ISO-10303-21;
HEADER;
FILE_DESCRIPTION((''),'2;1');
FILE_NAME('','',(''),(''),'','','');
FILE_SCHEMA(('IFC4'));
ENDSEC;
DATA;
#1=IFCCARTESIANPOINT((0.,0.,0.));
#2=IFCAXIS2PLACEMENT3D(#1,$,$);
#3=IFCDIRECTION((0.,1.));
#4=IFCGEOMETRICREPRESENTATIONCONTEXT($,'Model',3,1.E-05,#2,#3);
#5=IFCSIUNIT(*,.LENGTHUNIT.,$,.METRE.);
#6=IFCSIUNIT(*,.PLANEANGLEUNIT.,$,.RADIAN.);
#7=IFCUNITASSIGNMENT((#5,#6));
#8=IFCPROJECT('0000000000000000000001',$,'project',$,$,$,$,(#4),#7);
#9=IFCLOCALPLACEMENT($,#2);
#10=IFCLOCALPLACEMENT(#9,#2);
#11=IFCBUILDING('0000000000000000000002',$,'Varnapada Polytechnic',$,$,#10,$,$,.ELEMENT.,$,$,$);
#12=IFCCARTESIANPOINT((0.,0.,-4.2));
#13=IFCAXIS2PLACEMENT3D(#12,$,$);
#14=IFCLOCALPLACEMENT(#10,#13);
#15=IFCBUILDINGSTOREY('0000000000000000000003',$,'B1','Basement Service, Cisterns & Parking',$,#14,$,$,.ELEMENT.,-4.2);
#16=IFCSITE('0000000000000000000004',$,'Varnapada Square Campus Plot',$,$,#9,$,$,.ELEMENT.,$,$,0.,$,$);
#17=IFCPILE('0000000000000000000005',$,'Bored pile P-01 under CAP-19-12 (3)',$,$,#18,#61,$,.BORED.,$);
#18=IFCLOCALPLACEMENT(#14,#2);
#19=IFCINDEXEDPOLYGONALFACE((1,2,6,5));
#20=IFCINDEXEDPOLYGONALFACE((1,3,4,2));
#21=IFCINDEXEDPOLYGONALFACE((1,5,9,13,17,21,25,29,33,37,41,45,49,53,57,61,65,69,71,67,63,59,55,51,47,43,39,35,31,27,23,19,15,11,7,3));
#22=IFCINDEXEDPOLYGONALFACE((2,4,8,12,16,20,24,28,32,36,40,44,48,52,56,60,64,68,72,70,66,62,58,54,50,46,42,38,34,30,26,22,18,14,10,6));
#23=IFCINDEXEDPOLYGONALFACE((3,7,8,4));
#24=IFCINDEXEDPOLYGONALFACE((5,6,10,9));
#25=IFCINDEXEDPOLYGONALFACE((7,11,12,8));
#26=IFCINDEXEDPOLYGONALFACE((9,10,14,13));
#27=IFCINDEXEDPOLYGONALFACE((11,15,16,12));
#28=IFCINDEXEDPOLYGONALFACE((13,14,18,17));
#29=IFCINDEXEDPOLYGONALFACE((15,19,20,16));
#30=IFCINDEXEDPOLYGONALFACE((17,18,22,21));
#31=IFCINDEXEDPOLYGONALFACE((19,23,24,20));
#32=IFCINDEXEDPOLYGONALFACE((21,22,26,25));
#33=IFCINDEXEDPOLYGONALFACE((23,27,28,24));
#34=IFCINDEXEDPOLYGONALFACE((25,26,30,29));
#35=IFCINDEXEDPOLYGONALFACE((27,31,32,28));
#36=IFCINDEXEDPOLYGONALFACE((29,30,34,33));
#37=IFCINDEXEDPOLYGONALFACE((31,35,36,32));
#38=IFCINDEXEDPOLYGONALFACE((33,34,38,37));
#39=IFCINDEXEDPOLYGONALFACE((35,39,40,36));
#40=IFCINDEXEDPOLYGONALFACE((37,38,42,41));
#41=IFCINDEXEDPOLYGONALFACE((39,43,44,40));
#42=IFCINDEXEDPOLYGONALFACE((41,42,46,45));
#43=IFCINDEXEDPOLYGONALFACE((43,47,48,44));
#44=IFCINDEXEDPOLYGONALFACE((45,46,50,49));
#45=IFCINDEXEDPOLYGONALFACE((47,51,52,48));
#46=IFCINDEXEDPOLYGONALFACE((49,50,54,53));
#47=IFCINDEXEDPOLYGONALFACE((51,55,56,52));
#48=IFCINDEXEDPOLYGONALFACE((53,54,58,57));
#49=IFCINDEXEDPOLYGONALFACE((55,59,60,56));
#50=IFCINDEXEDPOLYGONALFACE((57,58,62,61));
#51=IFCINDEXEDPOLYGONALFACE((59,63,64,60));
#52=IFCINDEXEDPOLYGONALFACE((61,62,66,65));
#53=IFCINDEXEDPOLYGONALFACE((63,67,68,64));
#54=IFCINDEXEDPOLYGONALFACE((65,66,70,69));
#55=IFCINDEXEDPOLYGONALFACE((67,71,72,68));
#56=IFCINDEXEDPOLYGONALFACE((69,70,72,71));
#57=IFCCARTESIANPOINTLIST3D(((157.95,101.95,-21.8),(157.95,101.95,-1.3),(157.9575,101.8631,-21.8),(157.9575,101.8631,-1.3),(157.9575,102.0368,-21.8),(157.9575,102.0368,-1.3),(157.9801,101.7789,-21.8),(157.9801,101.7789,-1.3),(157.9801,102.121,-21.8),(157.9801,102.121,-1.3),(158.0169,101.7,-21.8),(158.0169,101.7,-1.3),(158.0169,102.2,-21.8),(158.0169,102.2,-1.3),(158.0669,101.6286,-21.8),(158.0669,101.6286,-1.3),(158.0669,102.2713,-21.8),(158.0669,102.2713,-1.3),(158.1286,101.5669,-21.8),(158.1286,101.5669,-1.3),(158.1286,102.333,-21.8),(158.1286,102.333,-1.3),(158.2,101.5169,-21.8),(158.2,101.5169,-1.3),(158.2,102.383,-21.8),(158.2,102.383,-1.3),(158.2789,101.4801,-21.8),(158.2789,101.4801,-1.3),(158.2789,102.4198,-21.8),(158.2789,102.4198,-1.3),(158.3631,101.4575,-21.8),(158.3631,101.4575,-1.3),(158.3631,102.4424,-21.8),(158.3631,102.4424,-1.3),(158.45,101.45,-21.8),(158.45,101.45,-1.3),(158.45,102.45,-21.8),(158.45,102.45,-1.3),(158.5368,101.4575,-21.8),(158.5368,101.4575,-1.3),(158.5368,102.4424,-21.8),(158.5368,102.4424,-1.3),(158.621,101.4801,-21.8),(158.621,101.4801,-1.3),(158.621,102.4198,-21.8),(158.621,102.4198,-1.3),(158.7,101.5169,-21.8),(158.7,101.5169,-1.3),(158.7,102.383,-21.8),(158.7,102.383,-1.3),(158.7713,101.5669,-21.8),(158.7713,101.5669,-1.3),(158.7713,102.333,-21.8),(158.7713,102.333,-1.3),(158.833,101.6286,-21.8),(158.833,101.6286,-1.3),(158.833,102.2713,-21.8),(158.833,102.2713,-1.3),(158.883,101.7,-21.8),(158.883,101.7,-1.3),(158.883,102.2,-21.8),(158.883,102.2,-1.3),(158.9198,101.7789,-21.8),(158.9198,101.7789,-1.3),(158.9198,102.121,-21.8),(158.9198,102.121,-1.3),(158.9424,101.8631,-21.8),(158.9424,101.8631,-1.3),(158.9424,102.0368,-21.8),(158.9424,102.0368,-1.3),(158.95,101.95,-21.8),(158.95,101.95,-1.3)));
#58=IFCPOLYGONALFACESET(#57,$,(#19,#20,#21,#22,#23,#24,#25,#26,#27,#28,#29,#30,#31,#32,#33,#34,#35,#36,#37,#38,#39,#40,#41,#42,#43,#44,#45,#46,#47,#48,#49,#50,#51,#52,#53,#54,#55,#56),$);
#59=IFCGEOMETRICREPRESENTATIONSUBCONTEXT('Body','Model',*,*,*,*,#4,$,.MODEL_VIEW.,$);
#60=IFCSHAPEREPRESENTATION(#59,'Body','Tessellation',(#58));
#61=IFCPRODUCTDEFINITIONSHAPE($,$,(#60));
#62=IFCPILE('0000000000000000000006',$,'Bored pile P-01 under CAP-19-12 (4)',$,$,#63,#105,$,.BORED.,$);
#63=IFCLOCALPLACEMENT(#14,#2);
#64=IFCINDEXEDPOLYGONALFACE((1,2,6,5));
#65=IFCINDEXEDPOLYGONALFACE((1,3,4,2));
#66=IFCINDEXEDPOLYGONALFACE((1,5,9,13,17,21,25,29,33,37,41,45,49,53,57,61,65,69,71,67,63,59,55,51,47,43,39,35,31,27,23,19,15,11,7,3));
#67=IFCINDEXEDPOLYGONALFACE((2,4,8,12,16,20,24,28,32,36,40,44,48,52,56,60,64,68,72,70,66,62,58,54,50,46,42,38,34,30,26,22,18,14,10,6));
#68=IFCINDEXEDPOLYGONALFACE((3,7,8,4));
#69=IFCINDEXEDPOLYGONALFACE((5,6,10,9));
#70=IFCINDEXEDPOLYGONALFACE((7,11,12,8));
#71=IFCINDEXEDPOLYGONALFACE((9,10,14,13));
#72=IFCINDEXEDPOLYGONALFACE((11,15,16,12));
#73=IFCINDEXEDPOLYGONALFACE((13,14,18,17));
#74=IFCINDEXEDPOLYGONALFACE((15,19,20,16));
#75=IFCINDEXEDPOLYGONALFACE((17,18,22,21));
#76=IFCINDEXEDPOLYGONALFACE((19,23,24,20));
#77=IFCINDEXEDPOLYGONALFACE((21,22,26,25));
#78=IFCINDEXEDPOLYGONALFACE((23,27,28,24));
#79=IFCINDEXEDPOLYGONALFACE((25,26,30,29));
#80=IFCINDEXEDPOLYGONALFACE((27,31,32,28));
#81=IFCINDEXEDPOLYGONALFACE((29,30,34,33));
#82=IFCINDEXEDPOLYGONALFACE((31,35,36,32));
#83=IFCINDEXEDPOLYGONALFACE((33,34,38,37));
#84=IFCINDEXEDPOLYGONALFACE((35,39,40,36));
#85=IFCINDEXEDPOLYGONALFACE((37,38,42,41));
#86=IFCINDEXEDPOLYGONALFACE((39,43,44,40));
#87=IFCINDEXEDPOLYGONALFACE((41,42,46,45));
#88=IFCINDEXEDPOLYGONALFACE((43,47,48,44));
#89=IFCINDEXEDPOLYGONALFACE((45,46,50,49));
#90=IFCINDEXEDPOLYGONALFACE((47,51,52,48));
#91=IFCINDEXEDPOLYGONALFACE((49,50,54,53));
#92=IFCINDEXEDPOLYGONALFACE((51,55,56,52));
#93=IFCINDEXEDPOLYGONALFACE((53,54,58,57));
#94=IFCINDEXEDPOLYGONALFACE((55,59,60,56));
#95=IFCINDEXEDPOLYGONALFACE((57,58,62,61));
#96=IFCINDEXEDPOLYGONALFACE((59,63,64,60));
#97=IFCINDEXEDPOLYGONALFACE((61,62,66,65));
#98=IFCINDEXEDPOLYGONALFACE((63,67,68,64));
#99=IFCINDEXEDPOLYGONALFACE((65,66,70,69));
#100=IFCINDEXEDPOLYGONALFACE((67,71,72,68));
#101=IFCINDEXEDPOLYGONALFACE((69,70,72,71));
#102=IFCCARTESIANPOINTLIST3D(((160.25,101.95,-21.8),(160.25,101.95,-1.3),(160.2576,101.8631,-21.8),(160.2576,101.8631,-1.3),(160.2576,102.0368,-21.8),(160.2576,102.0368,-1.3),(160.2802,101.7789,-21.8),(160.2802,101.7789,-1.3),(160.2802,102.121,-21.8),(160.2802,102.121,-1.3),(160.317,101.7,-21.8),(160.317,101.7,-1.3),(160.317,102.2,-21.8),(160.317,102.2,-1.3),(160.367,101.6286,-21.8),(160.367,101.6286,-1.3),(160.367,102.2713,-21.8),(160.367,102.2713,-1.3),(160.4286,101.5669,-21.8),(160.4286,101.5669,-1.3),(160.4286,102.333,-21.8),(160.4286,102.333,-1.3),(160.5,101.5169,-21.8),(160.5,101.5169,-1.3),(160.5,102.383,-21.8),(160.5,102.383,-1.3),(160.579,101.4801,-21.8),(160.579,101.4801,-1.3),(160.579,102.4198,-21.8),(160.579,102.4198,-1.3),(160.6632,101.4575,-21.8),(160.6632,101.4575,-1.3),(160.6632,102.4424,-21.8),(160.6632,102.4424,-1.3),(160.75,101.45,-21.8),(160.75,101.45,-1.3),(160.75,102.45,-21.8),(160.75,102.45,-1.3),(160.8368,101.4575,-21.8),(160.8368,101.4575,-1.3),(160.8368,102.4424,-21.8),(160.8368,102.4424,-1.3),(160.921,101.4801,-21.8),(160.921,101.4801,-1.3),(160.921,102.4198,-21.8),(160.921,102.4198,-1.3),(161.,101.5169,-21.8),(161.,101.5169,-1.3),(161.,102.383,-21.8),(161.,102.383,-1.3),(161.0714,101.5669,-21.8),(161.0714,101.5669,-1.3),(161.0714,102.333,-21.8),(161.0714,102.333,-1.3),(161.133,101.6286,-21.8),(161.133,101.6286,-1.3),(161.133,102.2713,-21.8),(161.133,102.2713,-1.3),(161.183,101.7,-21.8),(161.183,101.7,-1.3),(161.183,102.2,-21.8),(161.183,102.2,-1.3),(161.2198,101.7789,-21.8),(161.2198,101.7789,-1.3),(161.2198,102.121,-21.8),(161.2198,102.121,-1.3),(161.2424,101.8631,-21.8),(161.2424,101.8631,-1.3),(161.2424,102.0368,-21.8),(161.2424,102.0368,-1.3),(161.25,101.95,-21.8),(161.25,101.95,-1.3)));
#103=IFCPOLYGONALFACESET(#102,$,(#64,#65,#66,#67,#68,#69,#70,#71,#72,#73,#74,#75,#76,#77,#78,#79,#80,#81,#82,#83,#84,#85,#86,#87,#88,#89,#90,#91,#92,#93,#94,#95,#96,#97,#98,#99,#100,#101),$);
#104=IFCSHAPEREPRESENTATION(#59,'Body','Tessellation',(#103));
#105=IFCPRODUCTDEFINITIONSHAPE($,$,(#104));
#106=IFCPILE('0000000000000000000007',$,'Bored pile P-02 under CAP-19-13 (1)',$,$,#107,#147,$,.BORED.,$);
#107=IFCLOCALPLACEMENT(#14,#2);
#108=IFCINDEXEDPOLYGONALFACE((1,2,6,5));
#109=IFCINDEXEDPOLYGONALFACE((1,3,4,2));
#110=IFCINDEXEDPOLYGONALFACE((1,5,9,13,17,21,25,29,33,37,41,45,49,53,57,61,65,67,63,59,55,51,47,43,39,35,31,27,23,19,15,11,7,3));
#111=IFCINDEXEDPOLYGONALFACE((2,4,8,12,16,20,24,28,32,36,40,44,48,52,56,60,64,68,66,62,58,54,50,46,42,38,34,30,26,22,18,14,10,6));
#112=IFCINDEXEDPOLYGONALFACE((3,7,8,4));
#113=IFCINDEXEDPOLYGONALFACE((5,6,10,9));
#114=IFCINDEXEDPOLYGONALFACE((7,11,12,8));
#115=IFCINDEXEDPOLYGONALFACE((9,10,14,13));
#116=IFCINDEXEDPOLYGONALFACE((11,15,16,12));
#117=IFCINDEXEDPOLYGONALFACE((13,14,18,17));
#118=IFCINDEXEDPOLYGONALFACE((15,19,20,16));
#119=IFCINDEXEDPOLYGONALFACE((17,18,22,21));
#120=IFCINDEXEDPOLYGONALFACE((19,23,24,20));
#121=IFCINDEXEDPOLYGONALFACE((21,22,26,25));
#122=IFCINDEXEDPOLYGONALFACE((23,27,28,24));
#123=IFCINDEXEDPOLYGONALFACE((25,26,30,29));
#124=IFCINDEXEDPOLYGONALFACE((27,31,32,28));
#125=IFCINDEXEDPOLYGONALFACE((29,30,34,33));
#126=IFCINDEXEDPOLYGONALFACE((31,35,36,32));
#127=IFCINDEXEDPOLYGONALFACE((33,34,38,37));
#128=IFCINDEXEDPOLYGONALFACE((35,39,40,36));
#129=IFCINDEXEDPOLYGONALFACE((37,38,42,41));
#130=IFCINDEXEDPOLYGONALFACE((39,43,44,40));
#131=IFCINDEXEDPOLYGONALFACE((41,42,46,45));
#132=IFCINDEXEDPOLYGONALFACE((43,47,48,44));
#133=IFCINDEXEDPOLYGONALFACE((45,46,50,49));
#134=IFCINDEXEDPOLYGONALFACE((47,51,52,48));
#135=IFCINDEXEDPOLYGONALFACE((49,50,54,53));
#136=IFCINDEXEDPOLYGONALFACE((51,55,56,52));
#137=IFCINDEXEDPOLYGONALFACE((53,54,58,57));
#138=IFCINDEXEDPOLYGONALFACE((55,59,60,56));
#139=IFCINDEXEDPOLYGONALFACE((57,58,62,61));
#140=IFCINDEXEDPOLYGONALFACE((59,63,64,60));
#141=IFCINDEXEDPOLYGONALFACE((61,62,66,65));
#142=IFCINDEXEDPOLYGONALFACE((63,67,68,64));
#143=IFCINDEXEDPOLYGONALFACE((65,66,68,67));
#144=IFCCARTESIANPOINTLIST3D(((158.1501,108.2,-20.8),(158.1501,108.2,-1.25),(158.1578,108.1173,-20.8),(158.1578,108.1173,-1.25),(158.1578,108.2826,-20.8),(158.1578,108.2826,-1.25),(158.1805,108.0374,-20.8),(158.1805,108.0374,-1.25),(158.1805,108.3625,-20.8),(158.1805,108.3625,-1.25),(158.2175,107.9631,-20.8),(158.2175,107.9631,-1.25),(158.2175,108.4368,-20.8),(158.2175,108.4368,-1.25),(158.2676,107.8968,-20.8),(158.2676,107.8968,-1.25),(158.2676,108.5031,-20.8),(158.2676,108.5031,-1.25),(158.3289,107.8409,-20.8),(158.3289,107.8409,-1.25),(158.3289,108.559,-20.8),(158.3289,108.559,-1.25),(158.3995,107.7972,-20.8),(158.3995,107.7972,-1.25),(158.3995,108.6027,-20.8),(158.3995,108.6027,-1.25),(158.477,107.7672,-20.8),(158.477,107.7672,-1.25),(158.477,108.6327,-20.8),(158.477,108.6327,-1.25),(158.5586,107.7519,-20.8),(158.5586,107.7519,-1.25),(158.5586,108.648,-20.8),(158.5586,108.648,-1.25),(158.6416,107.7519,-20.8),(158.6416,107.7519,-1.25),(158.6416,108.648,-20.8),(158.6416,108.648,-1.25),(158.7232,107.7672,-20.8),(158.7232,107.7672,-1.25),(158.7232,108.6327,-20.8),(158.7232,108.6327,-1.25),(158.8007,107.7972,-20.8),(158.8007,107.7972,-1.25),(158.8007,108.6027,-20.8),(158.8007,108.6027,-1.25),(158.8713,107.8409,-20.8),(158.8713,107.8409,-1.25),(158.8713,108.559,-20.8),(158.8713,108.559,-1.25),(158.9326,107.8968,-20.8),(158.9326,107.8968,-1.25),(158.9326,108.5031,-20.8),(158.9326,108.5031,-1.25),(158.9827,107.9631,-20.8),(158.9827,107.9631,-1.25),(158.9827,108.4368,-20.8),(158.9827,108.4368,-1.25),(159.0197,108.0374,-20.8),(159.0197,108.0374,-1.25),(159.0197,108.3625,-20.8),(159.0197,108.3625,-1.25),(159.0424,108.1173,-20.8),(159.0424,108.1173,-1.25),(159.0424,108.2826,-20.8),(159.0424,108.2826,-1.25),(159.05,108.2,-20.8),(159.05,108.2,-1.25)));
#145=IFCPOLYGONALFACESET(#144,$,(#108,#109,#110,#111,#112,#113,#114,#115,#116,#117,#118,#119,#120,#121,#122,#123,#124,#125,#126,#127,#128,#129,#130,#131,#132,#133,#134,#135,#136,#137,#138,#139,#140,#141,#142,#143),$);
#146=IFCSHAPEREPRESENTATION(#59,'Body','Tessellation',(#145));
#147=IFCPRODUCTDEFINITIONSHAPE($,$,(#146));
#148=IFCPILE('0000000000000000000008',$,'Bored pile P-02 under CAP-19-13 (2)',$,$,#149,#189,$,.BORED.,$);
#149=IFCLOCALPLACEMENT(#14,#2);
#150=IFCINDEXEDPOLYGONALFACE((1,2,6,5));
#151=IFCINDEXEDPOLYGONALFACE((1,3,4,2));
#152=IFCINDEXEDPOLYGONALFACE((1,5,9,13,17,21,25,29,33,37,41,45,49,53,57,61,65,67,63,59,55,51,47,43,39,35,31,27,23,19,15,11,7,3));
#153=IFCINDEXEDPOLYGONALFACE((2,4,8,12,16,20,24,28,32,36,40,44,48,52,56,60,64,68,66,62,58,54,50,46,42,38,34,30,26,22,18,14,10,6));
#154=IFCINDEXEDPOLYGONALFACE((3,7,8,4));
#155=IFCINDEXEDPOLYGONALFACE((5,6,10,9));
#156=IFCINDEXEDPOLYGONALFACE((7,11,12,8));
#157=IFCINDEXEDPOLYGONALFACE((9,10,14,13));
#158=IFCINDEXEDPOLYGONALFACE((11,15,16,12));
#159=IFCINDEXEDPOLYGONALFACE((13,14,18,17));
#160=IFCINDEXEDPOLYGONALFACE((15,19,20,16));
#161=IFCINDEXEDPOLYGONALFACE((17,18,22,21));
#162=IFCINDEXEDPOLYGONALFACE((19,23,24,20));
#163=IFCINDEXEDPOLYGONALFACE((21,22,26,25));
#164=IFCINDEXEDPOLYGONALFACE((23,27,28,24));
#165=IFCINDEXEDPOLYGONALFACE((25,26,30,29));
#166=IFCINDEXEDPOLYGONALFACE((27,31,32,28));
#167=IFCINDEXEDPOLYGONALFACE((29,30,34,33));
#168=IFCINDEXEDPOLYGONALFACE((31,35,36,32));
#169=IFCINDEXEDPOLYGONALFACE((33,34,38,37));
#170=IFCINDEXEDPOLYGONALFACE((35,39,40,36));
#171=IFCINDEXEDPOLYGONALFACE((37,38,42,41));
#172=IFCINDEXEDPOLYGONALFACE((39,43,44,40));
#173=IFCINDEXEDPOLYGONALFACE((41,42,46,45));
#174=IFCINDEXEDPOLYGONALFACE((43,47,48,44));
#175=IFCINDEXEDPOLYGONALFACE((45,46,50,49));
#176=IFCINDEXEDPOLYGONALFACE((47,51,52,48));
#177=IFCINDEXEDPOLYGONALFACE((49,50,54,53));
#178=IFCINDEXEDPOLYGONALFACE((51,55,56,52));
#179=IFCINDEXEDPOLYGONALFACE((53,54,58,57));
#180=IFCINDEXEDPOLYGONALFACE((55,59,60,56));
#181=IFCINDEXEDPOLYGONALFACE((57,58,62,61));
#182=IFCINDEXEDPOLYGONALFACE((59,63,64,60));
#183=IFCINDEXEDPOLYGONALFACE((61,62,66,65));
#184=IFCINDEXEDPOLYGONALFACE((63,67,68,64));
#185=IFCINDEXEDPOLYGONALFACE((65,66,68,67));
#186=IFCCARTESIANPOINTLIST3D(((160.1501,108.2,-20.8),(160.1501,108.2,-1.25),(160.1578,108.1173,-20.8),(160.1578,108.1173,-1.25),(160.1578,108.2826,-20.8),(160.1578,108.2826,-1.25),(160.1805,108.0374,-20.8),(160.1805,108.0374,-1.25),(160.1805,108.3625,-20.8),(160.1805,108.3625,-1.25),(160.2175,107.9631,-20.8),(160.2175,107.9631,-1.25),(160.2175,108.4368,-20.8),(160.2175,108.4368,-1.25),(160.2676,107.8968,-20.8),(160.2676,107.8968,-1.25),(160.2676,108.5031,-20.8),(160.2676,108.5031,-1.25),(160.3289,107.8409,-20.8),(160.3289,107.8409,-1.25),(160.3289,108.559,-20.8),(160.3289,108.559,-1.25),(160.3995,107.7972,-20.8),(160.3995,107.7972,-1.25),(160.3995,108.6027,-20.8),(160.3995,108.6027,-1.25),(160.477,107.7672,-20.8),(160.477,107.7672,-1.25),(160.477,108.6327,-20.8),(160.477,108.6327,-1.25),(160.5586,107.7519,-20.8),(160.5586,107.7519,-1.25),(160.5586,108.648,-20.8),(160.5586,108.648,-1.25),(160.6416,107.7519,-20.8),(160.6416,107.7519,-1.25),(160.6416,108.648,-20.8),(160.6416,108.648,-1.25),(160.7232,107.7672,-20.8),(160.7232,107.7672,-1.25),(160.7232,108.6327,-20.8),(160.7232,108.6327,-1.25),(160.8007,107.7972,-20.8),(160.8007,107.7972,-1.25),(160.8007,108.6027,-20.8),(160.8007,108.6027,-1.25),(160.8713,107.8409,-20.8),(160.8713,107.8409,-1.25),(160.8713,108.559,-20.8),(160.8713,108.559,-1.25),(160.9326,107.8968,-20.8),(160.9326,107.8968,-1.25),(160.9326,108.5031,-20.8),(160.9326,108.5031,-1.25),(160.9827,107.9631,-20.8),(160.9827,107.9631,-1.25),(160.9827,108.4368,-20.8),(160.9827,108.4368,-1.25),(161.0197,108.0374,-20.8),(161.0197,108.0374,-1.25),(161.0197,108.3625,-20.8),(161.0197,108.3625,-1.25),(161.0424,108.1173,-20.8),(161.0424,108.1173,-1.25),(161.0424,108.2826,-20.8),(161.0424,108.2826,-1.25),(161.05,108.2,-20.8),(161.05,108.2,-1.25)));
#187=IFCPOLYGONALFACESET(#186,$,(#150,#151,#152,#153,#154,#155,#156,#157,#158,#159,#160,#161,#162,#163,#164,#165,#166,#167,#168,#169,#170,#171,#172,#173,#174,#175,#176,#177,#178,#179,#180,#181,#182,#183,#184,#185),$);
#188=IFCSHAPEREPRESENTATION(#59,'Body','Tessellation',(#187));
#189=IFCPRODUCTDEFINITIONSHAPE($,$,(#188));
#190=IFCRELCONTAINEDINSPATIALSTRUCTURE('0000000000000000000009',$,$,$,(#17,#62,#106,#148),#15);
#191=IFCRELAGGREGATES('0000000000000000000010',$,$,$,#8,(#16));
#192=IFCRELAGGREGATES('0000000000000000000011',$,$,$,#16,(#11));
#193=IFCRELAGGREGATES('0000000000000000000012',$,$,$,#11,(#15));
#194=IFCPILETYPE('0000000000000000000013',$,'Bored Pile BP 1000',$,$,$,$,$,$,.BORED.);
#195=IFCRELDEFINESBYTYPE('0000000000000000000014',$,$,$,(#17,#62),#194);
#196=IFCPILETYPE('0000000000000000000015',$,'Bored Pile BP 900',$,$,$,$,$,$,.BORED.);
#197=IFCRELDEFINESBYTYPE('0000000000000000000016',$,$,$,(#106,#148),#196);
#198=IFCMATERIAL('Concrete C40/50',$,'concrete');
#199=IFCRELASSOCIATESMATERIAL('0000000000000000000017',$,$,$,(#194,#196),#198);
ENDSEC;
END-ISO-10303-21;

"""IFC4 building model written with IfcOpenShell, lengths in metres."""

from ifc_helpers import new_model, si_unit, direction, frame, origin, origin_2d, place, context, subcontext, project, spatial, circle, extrude, material, material_profile, profile_set, type_object, element, save


model = new_model("IFC4")

# Units and contexts
model_context = context("Model", 3, precision=1e-05, world=origin(), true_north=direction((0.0, 1.0)))
body_context = subcontext(model_context, "Body", "Model", "MODEL_VIEW")
ifc_project = project(units=[si_unit("LENGTHUNIT", "METRE"), si_unit("PLANEANGLEUNIT", "RADIAN")], contexts=[model_context])

# Site, building, storey
site_placement = place(None, origin())
site = spatial("IfcSite", under=ifc_project, at=site_placement, Name="Varnapada Square Campus Plot", CompositionType="ELEMENT", RefElevation=0.0)
building_placement = place(site_placement, origin())
building = spatial("IfcBuilding", under=site, at=building_placement, Name="Varnapada Polytechnic", CompositionType="ELEMENT")
storey_placement = place(building_placement, frame((0.0, 0.0, -4.2)))
storey = spatial("IfcBuildingStorey", under=building, at=storey_placement, Name="B1", Description="Basement Service, Cisterns & Parking", CompositionType="ELEMENT", Elevation=-4.2)

# Piles
ifc_material_1 = material(Name="Concrete C40/50", Category="concrete")
ifc_material_profile_1 = material_profile(ifc_material_1, circle(Radius=0.5, at=origin_2d()), Name="BP 1000")
ifc_profile_set_1 = profile_set([ifc_material_profile_1], Name="Concrete C40/50")
pile_type_1 = type_object("IfcPileType", Name="Bored Pile BP 1000", PredefinedType="BORED", material=ifc_profile_set_1)
for number, where, z_axis, x_axis, name in (
    (1, (158.45, 101.95, -1.3), (0.0, 0.0, -1.0), (1.0, 0.0, 0.0), "Bored pile P-01 under CAP-19-12 (3)"),
    (2, (160.75, 101.95, -1.3), (0.0, 0.0, -1.0), (1.0, 0.0, 0.0), "Bored pile P-01 under CAP-19-12 (4)"),
):
    element("IfcPile", number, at=place(storey_placement, frame(where, z_axis=z_axis, x_axis=x_axis)), inside=storey, type_object=pile_type_1, Name=name, PredefinedType="BORED", context=body_context, shape_type="SweptSolid", body=[
        extrude(circle(Radius=0.5, at=origin_2d()), origin(), (0.0, 0.0, 1.0), 20.5),
    ])
ifc_material_profile_2 = material_profile(ifc_material_1, circle(Radius=0.45, at=origin_2d()), Name="BP 900")
ifc_profile_set_2 = profile_set([ifc_material_profile_2], Name="Concrete C40/50")
pile_type_2 = type_object("IfcPileType", Name="Bored Pile BP 900", PredefinedType="BORED", material=ifc_profile_set_2)
for number, where, z_axis, x_axis, name in (
    (3, (158.6001, 108.2, -1.25), (0.0, 0.0, -1.0), (1.0, 0.0, 0.0), "Bored pile P-02 under CAP-19-13 (1)"),
    (4, (160.6001, 108.2, -1.25), (0.0, 0.0, -1.0), (1.0, 0.0, 0.0), "Bored pile P-02 under CAP-19-13 (2)"),
):
    element("IfcPile", number, at=place(storey_placement, frame(where, z_axis=z_axis, x_axis=x_axis)), inside=storey, type_object=pile_type_2, Name=name, PredefinedType="BORED", context=body_context, shape_type="SweptSolid", body=[
        extrude(circle(Radius=0.45, at=origin_2d()), origin(), (0.0, 0.0, 1.0), 19.55),
    ])

save(model, "model.ifc")
